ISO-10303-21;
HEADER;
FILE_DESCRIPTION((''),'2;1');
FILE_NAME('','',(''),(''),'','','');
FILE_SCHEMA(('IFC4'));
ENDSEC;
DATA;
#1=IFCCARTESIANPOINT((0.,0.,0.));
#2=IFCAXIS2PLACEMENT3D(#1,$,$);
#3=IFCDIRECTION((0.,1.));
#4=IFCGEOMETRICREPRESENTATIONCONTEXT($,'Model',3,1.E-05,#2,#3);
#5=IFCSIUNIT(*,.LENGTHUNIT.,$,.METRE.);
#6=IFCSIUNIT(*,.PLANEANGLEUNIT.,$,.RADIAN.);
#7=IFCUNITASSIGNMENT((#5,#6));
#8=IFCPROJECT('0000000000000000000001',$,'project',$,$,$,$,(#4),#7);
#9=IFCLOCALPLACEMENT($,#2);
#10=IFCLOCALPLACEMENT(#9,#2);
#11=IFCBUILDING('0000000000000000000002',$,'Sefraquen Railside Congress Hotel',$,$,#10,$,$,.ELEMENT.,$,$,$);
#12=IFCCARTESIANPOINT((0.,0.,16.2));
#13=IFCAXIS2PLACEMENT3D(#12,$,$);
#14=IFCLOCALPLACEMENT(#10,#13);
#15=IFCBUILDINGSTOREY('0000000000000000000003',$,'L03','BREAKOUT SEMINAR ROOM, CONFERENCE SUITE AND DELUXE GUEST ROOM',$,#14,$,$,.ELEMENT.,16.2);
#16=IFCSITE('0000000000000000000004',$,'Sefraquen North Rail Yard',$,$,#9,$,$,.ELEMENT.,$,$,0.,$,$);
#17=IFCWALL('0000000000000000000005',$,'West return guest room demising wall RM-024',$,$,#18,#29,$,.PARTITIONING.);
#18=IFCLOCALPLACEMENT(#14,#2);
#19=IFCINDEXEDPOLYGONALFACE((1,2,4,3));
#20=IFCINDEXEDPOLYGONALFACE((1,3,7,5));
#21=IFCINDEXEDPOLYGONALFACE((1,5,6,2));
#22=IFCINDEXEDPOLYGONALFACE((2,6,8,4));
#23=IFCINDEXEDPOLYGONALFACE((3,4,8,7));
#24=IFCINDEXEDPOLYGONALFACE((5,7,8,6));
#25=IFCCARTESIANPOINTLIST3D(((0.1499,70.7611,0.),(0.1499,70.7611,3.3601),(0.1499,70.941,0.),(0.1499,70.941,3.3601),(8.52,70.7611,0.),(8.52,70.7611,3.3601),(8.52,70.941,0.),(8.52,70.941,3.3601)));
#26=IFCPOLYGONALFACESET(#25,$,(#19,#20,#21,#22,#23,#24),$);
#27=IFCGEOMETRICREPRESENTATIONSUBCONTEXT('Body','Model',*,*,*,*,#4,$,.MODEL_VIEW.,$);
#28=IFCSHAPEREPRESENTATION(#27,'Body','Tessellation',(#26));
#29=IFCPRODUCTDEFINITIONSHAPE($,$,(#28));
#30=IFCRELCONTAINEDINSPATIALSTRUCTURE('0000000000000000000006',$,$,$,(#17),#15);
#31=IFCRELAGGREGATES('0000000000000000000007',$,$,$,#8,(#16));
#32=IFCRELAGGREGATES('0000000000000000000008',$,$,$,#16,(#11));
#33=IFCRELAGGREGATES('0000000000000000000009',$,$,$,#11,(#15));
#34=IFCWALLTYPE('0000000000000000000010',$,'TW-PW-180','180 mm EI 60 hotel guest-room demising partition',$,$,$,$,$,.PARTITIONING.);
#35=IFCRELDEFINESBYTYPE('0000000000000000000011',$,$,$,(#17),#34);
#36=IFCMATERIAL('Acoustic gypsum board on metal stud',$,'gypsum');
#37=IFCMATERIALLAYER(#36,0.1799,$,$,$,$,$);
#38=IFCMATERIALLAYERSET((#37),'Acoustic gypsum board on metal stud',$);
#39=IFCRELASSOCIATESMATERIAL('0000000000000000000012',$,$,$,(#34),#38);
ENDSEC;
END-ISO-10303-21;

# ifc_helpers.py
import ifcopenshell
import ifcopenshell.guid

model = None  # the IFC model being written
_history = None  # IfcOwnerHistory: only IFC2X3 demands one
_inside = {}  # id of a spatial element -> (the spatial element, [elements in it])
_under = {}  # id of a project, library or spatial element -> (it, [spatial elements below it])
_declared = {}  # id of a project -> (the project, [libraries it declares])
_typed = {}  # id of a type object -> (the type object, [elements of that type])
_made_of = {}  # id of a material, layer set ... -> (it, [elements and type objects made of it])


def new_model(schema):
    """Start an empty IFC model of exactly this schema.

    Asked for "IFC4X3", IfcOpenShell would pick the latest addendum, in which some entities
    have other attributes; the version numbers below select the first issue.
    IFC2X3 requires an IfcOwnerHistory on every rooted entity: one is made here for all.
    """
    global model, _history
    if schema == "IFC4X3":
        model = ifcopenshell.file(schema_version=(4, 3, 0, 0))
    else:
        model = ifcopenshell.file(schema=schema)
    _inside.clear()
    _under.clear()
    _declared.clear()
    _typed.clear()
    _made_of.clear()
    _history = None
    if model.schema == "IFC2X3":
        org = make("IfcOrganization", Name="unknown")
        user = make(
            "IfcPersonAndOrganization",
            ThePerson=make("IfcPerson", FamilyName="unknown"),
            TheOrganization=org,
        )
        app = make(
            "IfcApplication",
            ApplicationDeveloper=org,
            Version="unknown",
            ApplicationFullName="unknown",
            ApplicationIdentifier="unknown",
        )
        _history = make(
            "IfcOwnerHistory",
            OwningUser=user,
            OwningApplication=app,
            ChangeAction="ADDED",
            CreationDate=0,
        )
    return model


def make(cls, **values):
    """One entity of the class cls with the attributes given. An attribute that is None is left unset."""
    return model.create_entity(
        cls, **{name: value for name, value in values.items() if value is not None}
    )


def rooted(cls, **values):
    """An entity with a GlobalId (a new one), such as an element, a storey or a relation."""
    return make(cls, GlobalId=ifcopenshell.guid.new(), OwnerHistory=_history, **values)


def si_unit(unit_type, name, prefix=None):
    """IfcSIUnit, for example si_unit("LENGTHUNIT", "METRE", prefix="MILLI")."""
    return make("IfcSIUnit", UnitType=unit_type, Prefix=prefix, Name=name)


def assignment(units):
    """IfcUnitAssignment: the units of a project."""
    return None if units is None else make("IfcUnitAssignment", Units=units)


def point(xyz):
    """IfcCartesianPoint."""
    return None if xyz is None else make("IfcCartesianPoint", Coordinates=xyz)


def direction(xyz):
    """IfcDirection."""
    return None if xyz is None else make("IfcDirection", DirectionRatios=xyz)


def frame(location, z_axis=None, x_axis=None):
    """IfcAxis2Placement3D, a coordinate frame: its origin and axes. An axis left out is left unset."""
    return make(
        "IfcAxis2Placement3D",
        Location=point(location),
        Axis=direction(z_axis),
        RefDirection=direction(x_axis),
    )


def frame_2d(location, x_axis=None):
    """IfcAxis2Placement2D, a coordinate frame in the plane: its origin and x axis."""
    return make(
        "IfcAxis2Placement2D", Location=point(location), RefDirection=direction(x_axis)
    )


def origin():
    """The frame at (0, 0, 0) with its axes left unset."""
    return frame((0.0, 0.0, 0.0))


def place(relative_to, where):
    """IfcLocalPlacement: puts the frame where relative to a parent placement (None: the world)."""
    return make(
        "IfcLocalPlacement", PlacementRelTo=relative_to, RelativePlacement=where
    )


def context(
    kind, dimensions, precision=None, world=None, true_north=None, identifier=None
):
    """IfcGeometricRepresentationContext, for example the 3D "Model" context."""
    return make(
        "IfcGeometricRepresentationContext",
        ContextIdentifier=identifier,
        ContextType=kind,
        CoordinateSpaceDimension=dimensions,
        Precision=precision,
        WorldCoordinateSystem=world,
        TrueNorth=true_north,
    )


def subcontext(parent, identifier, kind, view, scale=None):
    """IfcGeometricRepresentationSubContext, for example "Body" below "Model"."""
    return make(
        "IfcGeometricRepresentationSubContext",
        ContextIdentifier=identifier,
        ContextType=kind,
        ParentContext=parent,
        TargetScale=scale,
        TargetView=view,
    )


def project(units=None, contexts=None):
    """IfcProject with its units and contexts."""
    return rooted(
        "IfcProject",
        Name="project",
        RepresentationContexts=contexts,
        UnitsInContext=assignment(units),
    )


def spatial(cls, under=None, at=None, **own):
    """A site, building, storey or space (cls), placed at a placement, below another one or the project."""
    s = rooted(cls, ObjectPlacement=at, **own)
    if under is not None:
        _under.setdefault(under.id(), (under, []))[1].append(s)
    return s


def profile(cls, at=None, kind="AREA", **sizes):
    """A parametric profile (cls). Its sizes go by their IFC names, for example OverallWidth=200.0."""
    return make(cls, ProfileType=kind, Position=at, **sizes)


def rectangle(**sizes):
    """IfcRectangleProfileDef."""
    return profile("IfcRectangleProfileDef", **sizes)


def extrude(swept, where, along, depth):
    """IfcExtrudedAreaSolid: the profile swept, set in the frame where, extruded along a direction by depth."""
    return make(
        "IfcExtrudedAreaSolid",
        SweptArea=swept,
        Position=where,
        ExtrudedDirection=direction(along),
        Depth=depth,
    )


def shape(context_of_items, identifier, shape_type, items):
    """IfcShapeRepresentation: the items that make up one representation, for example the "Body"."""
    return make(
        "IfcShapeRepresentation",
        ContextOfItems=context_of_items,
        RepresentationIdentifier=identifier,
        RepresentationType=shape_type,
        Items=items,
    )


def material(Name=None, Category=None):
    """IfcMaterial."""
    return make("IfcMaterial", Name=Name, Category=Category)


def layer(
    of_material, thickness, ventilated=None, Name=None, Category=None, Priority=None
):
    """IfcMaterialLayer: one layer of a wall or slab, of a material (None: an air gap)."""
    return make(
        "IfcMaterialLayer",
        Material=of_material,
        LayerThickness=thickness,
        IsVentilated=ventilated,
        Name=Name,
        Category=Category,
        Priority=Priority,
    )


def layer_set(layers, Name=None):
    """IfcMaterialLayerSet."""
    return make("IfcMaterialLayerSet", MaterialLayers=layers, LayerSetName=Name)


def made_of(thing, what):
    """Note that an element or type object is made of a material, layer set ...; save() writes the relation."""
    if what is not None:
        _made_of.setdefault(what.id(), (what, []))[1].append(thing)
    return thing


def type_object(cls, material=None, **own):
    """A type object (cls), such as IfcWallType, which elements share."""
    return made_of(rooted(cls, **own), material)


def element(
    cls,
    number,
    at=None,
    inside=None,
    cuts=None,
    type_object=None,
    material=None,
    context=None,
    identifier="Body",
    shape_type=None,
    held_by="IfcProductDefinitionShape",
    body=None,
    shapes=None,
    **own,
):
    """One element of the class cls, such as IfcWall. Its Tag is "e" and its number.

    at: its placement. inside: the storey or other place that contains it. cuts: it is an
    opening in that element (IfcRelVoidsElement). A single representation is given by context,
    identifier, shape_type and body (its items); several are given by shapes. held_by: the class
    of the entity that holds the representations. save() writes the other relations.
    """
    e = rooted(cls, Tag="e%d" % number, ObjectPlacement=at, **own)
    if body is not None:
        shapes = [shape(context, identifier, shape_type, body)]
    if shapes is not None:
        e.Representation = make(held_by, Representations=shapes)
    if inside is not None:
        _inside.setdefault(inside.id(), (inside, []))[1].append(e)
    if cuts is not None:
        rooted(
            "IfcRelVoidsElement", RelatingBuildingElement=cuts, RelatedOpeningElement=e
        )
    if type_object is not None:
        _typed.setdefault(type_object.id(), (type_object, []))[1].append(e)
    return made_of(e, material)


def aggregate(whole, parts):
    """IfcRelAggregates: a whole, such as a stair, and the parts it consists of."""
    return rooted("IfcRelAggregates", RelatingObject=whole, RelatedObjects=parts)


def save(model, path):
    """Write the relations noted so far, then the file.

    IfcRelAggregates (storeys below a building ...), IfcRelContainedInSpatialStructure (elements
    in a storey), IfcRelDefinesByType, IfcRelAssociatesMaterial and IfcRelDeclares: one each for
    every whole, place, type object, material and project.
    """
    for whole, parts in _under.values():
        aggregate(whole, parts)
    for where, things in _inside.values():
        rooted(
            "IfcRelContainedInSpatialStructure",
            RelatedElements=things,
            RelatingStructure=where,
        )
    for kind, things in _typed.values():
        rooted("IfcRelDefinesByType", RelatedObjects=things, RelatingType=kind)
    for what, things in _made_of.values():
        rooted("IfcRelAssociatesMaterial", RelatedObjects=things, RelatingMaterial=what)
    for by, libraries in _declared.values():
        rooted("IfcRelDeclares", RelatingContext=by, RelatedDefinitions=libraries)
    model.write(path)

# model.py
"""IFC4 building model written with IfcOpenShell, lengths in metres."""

from ifc_helpers import new_model, si_unit, direction, frame, frame_2d, origin, place, context, subcontext, project, spatial, rectangle, extrude, material, layer, layer_set, type_object, element, save


model = new_model("IFC4")

# Units and contexts
model_context = context("Model", 3, precision=1e-05, world=origin(), true_north=direction((0.0, 1.0)))
body_context = subcontext(model_context, "Body", "Model", "MODEL_VIEW")
ifc_project = project(units=[si_unit("LENGTHUNIT", "METRE"), si_unit("PLANEANGLEUNIT", "RADIAN")], contexts=[model_context])

# Site, building, storey
site_placement = place(None, origin())
site = spatial("IfcSite", under=ifc_project, at=site_placement, Name="Sefraquen North Rail Yard", CompositionType="ELEMENT", RefElevation=0.0)
building_placement = place(site_placement, origin())
building = spatial("IfcBuilding", under=site, at=building_placement, Name="Sefraquen Railside Congress Hotel", CompositionType="ELEMENT")
storey_placement = place(building_placement, frame((0.0, 0.0, 16.2)))
storey = spatial("IfcBuildingStorey", under=building, at=storey_placement, Name="L03", Description="BREAKOUT SEMINAR ROOM, CONFERENCE SUITE AND DELUXE GUEST ROOM", CompositionType="ELEMENT", Elevation=16.2)

# Wall
ifc_material_1 = material(Name="Acoustic gypsum board on metal stud", Category="gypsum")
ifc_layer_1 = layer(ifc_material_1, 0.1799)
ifc_layer_set_1 = layer_set([ifc_layer_1], Name="Acoustic gypsum board on metal stud")
wall_type_1 = type_object("IfcWallType", Name="TW-PW-180", Description="180 mm EI 60 hotel guest-room demising partition", PredefinedType="PARTITIONING", material=ifc_layer_set_1)
wall_1_placement = place(storey_placement, frame((0.1499, 70.8511, 0.0), z_axis=(0.0, 0.0, 1.0), x_axis=(1.0, 0.0, 0.0)))
element("IfcWall", 1, at=wall_1_placement, inside=storey, type_object=wall_type_1, Name="West return guest room demising wall RM-024", PredefinedType="PARTITIONING", context=body_context, shape_type="SweptSolid", body=[
    extrude(rectangle(XDim=8.3701, YDim=0.1799, at=frame_2d((4.1851, 0.0))), origin(), (0.0, 0.0, 1.0), 3.3601),
])

save(model, "model.ifc")
